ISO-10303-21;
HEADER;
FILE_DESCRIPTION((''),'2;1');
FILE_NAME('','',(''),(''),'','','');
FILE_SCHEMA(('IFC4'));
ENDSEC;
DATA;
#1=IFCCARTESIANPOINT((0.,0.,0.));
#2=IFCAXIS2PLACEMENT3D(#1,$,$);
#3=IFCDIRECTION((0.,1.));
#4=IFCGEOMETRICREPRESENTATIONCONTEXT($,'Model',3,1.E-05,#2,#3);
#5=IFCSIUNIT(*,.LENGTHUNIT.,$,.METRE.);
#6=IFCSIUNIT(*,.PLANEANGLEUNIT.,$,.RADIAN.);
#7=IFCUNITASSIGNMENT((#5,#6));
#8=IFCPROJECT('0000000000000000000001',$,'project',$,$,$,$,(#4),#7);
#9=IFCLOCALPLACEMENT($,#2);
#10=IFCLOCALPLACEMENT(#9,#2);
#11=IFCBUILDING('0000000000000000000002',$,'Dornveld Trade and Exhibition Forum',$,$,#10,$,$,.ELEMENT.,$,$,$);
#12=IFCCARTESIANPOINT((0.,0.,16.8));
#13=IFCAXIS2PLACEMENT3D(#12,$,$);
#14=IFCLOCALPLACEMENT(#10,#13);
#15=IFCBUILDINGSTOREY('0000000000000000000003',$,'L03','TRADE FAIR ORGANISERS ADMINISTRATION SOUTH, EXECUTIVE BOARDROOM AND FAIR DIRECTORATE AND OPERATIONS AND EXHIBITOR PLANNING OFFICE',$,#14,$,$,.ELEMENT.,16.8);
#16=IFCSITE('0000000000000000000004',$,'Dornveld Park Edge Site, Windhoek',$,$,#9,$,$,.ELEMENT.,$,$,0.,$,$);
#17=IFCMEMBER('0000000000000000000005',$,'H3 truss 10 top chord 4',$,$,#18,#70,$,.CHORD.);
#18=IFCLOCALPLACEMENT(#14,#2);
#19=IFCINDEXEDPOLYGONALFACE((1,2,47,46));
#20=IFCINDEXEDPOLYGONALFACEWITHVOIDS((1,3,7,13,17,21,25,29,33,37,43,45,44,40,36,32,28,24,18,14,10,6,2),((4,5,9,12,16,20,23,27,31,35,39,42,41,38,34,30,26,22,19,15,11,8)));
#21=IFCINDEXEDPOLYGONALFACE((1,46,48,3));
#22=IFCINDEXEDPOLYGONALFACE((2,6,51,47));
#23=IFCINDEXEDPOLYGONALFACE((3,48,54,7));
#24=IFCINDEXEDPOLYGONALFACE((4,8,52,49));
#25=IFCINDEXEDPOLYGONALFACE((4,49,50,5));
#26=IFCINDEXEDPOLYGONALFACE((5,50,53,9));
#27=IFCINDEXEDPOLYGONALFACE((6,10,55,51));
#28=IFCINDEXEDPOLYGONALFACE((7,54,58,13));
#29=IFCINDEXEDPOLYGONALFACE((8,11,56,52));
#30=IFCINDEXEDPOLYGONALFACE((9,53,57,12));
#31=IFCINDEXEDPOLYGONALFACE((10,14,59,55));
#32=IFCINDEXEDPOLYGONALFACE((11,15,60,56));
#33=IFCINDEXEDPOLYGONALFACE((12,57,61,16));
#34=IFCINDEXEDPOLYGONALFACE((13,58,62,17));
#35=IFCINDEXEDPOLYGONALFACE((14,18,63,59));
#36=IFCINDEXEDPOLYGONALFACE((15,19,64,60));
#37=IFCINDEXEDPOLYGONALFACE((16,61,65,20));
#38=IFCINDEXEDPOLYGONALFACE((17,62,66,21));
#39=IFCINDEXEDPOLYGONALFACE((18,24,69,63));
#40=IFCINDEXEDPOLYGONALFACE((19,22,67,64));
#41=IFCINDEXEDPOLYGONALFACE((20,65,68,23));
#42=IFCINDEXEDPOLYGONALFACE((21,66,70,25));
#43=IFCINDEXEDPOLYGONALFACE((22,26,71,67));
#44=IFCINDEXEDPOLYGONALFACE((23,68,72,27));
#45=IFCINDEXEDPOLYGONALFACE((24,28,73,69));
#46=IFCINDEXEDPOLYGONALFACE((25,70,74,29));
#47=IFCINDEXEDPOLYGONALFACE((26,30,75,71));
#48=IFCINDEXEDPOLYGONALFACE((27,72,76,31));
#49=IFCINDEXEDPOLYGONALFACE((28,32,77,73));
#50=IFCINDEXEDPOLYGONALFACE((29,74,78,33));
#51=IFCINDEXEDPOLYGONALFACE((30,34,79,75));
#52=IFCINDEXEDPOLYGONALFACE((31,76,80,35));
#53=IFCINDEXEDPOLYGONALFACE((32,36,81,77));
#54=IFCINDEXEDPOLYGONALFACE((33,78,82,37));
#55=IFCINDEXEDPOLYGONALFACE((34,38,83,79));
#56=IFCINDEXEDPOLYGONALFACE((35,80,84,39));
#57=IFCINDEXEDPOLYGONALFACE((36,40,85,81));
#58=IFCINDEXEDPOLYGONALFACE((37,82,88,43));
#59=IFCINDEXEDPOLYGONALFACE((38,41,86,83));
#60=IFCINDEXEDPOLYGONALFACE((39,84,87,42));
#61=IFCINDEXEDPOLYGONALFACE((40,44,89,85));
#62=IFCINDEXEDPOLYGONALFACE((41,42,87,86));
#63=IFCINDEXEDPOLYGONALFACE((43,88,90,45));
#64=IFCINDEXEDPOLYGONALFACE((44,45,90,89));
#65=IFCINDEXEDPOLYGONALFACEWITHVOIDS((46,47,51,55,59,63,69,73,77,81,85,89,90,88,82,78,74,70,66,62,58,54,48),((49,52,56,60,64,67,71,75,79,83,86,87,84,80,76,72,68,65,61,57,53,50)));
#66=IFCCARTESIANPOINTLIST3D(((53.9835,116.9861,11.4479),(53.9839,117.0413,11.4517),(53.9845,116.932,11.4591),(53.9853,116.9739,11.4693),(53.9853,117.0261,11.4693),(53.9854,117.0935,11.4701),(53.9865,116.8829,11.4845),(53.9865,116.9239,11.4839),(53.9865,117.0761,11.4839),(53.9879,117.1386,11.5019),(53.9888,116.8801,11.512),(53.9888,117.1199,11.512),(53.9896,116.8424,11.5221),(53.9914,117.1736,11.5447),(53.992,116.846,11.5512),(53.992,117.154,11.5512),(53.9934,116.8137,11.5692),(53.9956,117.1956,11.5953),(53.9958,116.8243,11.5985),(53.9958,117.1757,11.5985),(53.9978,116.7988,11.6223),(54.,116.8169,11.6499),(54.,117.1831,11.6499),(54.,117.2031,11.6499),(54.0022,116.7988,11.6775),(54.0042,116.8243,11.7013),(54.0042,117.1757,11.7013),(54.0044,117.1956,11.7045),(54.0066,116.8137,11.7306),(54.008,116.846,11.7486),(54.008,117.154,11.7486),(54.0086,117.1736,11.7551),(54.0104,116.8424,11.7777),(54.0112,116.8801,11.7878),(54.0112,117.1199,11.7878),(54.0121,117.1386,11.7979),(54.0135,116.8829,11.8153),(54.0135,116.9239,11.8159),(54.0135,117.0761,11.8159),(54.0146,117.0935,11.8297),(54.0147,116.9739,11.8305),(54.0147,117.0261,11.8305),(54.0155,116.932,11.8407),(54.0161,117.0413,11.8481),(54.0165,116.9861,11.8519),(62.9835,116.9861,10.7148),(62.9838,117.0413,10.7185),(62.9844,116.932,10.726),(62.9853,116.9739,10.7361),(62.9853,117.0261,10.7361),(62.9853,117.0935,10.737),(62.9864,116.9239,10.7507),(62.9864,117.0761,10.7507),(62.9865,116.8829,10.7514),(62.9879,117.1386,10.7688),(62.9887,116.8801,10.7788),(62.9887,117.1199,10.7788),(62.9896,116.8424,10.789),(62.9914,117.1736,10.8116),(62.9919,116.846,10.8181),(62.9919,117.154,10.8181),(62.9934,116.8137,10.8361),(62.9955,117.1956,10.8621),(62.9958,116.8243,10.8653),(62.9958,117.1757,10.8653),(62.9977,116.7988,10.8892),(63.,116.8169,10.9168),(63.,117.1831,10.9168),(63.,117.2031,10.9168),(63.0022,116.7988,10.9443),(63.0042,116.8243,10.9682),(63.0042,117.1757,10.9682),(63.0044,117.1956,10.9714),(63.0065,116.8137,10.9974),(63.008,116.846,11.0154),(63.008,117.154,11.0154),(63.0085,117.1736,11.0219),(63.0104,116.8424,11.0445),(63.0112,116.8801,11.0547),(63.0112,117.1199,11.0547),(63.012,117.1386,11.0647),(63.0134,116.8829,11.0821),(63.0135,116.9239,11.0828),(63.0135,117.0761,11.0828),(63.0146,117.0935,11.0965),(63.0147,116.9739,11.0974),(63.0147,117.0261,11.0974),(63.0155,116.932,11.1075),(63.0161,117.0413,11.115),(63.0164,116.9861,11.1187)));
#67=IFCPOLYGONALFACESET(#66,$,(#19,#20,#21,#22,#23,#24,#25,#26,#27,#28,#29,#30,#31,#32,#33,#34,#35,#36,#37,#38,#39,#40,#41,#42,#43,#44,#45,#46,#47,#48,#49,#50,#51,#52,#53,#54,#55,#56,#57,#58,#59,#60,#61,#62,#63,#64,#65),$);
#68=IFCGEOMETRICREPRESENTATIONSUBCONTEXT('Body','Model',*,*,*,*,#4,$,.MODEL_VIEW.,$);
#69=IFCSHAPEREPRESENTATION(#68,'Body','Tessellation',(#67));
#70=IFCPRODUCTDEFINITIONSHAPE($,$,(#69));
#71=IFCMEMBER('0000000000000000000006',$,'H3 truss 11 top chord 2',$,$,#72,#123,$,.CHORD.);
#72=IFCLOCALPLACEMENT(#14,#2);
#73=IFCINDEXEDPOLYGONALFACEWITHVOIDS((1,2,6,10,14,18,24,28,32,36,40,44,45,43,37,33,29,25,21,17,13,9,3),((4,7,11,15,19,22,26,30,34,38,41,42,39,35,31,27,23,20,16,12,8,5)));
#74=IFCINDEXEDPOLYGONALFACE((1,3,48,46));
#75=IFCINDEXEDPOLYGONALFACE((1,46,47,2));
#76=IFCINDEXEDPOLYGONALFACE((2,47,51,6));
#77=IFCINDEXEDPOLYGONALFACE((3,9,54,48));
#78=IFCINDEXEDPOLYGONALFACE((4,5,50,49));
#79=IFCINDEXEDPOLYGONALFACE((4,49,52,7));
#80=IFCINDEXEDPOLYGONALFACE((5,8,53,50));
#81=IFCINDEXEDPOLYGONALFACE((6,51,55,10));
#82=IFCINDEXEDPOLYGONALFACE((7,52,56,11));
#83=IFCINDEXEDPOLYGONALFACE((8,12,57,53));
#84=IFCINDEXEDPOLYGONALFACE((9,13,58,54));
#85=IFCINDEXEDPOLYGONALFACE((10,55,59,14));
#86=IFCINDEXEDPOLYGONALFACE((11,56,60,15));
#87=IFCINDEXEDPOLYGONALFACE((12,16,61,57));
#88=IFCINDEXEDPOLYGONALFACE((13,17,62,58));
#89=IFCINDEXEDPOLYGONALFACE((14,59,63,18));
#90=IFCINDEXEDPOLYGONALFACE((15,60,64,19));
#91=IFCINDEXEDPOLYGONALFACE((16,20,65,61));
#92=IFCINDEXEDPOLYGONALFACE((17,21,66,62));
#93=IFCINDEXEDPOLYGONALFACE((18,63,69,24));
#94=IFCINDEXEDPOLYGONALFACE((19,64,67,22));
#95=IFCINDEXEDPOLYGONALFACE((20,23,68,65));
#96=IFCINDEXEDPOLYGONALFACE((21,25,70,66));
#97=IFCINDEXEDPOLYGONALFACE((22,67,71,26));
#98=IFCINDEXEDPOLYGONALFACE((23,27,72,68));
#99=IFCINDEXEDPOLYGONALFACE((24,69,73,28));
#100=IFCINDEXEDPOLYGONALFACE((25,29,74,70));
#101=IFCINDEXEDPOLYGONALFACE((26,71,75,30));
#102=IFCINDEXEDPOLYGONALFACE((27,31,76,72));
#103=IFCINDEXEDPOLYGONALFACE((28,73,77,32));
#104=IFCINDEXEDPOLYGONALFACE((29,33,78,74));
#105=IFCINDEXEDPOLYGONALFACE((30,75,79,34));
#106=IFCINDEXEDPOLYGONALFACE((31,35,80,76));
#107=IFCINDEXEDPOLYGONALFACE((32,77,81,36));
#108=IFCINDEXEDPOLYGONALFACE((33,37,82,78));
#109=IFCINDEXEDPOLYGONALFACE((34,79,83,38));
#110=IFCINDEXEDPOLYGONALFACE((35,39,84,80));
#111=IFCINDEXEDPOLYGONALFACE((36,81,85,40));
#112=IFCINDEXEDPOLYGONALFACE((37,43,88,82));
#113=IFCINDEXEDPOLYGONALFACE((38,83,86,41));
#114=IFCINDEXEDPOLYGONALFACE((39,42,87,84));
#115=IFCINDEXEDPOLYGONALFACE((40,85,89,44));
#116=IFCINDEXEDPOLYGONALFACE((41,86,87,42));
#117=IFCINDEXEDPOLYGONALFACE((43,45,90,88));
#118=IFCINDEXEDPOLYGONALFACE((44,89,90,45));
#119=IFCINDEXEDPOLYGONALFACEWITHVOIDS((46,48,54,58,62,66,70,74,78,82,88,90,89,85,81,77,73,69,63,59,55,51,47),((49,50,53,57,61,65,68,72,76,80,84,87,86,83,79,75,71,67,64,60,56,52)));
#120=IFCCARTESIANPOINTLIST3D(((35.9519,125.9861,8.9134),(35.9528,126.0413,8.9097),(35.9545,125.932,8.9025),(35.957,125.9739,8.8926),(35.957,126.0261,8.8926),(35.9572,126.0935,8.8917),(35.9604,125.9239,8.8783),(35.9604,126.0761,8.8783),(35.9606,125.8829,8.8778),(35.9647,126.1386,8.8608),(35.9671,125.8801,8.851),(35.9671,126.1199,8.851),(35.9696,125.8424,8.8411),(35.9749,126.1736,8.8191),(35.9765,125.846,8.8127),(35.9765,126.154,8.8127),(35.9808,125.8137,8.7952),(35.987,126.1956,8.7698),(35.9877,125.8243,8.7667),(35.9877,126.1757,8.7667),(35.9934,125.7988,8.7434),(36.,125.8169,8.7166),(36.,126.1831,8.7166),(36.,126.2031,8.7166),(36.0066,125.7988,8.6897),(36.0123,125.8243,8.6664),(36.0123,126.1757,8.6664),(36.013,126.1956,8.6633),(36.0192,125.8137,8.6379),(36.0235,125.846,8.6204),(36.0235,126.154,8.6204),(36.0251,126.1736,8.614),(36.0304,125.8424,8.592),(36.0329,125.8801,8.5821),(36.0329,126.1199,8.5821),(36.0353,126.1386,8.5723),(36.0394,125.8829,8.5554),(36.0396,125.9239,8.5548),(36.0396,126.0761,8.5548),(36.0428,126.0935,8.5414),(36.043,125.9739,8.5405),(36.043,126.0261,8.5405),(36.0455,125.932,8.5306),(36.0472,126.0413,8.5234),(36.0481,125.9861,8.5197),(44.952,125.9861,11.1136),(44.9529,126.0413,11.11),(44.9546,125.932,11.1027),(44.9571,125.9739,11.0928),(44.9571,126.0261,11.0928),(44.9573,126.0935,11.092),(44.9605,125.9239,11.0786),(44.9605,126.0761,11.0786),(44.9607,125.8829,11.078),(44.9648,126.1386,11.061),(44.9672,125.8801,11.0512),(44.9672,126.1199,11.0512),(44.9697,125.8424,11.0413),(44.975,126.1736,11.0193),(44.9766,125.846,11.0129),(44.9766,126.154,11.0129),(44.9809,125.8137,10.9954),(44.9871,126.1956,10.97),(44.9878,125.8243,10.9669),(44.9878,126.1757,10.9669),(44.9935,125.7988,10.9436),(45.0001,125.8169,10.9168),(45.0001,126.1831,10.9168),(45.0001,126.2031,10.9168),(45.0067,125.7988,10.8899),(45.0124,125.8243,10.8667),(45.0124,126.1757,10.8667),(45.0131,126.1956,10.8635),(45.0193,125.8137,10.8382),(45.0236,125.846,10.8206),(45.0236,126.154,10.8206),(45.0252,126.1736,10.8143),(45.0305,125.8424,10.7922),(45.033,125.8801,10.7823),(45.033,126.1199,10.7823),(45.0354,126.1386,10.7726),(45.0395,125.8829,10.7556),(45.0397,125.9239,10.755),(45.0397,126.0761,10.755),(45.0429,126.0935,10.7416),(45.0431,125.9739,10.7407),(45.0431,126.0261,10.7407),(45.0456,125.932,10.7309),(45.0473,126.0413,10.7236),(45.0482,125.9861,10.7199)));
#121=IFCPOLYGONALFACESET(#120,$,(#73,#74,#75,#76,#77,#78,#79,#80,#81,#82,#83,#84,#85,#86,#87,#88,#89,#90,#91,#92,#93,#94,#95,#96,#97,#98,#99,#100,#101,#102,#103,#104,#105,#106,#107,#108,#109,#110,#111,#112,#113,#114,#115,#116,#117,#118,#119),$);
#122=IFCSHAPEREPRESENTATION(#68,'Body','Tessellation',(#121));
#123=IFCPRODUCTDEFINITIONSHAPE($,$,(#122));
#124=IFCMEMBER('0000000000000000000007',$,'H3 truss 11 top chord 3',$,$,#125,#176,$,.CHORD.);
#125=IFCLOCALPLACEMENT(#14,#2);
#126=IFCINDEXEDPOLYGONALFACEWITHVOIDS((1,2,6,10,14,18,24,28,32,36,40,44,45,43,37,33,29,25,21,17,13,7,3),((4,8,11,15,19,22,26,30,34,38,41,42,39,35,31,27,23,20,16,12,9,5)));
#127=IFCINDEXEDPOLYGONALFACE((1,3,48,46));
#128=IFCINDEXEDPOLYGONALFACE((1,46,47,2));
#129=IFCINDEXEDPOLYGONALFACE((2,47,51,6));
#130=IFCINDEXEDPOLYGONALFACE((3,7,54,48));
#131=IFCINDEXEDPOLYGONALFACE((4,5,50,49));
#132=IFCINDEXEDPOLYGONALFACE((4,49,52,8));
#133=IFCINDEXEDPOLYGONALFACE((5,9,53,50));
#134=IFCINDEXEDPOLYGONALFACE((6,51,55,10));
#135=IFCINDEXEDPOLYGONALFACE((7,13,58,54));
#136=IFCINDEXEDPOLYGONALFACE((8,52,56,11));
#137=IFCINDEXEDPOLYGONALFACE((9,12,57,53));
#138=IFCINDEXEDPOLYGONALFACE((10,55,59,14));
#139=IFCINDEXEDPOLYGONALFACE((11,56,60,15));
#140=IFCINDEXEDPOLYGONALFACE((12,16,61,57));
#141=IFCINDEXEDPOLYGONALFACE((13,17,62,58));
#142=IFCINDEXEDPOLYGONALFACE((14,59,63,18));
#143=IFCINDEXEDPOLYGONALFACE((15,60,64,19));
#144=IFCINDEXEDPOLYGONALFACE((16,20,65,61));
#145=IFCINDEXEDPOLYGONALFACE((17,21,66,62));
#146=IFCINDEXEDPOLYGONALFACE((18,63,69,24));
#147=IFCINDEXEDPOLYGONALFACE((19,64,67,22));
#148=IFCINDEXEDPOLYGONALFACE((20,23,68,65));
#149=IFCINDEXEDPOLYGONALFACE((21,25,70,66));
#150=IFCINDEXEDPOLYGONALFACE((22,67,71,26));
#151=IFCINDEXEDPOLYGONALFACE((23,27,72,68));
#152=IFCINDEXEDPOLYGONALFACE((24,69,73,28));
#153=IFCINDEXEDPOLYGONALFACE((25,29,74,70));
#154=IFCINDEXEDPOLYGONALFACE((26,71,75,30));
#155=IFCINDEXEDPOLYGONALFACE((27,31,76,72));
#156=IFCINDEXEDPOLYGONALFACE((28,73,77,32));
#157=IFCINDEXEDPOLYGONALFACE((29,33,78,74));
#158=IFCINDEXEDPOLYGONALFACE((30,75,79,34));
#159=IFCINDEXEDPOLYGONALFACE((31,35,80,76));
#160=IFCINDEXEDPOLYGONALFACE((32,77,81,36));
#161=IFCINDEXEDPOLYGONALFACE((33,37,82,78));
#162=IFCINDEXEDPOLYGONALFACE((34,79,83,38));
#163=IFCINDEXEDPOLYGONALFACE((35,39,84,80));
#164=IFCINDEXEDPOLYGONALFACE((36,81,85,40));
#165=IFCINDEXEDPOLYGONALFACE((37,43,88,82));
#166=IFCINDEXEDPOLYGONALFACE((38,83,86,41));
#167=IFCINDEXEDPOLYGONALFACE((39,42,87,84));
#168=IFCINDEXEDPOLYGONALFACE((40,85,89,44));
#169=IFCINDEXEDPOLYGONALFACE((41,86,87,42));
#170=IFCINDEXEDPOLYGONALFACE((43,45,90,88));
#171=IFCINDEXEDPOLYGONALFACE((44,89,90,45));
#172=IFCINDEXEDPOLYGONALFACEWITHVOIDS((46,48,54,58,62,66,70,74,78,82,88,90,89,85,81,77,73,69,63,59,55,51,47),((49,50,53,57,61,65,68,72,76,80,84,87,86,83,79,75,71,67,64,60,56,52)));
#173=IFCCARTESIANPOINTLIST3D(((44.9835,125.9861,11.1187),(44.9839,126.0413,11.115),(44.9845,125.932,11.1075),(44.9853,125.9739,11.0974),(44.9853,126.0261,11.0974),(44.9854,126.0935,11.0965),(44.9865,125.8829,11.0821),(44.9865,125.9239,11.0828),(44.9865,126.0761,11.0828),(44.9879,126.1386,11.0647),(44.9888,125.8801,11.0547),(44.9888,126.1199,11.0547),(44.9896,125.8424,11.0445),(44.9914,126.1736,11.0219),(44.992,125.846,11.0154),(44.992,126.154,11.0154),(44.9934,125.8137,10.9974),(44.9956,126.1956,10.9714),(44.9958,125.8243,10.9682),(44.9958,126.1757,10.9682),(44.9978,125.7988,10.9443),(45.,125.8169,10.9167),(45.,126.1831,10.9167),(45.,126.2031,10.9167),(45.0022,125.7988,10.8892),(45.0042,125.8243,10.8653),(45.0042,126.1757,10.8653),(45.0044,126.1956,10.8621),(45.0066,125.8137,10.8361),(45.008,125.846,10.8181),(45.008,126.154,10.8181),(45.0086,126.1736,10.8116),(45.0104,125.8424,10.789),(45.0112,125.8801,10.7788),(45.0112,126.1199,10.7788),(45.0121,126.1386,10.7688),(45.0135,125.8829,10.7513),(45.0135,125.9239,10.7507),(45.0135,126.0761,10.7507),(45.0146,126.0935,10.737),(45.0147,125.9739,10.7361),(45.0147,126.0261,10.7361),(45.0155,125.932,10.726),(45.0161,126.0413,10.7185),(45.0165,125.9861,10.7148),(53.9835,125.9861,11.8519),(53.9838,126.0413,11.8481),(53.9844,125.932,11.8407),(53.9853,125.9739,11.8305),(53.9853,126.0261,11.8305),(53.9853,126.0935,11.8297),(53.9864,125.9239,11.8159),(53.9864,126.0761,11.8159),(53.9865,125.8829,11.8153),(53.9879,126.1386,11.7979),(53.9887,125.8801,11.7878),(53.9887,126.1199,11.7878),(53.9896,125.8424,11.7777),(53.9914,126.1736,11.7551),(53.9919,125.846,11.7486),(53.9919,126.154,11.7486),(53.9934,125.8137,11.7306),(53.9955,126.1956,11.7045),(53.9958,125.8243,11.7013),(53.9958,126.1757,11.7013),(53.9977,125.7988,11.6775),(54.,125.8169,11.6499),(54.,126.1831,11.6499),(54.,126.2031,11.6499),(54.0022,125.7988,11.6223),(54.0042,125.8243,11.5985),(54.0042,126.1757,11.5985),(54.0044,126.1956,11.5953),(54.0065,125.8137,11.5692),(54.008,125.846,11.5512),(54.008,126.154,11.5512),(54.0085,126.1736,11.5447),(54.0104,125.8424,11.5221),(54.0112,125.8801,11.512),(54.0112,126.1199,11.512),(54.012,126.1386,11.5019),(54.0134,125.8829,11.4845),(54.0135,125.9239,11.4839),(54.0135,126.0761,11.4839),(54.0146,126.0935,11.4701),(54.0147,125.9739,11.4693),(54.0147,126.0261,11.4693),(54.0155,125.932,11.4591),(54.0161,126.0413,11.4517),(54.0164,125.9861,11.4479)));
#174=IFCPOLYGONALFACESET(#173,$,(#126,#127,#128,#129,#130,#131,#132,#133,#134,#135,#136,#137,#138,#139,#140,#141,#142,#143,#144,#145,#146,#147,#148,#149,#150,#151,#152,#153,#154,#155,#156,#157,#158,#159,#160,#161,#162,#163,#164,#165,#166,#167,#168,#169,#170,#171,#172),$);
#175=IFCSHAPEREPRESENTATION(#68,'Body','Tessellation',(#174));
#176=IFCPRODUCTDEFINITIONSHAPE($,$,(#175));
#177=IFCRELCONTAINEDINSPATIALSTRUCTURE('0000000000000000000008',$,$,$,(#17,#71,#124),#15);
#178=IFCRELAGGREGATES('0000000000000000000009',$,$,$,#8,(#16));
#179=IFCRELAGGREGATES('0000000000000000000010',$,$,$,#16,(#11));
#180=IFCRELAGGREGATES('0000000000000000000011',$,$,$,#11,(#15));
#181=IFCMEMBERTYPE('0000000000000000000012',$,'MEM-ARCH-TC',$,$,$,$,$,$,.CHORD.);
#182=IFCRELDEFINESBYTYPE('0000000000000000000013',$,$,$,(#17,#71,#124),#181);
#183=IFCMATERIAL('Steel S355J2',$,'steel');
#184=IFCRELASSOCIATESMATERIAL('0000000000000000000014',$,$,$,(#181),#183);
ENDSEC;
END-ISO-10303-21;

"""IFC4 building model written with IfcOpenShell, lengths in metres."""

from ifc_helpers import new_model, si_unit, direction, frame, origin, origin_2d, place, context, subcontext, project, spatial, hollow_circle, extrude, material, material_profile, profile_set, type_object, element, save


model = new_model("IFC4")

# Units and contexts
model_context = context("Model", 3, precision=1e-05, world=origin(), true_north=direction((0.0, 1.0)))
body_context = subcontext(model_context, "Body", "Model", "MODEL_VIEW")
ifc_project = project(units=[si_unit("LENGTHUNIT", "METRE"), si_unit("PLANEANGLEUNIT", "RADIAN")], contexts=[model_context])

# Site, building, storey
site_placement = place(None, origin())
site = spatial("IfcSite", under=ifc_project, at=site_placement, Name="Dornveld Park Edge Site, Windhoek", CompositionType="ELEMENT", RefElevation=0.0)
building_placement = place(site_placement, origin())
building = spatial("IfcBuilding", under=site, at=building_placement, Name="Dornveld Trade and Exhibition Forum", CompositionType="ELEMENT")
storey_placement = place(building_placement, frame((0.0, 0.0, 16.8)))
storey = spatial("IfcBuildingStorey", under=building, at=storey_placement, Name="L03", Description="TRADE FAIR ORGANISERS ADMINISTRATION SOUTH, EXECUTIVE BOARDROOM AND FAIR DIRECTORATE AND OPERATIONS AND EXHIBITOR PLANNING OFFICE", CompositionType="ELEMENT", Elevation=16.8)

# Members
ifc_material_1 = material(Name="Steel S355J2", Category="steel")
ifc_material_profile_1 = material_profile(ifc_material_1, hollow_circle(Radius=0.2031, WallThickness=0.02, at=origin_2d()), Name="CHS 406.4x20")
ifc_profile_set_1 = profile_set([ifc_material_profile_1], Name="Steel S355J2")
member_type_1 = type_object("IfcMemberType", Name="MEM-ARCH-TC", PredefinedType="CHORD", material=ifc_profile_set_1)
for number, where, z_axis, x_axis, name in (
    (1, (54.0, 117.0, 11.6499), (0.996698, 0.0, -0.081193), (0.0, 1.0, 0.0), "H3 truss 10 top chord 4"),
):
    element("IfcMember", number, at=place(storey_placement, frame(where, z_axis=z_axis, x_axis=x_axis)), inside=storey, type_object=member_type_1, Name=name, PredefinedType="CHORD", context=body_context, shape_type="SweptSolid", body=[
        extrude(hollow_circle(Radius=0.2031, WallThickness=0.02, at=origin_2d()), origin(), (0.0, 0.0, 1.0), 9.0298),
    ])
member_1_placement = place(storey_placement, frame((36.0, 126.0, 8.7166), z_axis=(0.971394, 0.0, 0.237473), x_axis=(0.0, 1.0, 0.0)))
element("IfcMember", 2, at=member_1_placement, inside=storey, type_object=member_type_1, Name="H3 truss 11 top chord 2", PredefinedType="CHORD", context=body_context, shape_type="SweptSolid", body=[
    extrude(hollow_circle(Radius=0.2031, WallThickness=0.02, at=origin_2d()), origin(), (0.0, 0.0, 1.0), 9.2651),
])
for number, where, z_axis, x_axis, name in (
    (3, (45.0, 126.0, 10.9167), (0.996698, 0.0, 0.081193), (0.0, 1.0, 0.0), "H3 truss 11 top chord 3"),
):
    element("IfcMember", number, at=place(storey_placement, frame(where, z_axis=z_axis, x_axis=x_axis)), inside=storey, type_object=member_type_1, Name=name, PredefinedType="CHORD", context=body_context, shape_type="SweptSolid", body=[
        extrude(hollow_circle(Radius=0.2031, WallThickness=0.02, at=origin_2d()), origin(), (0.0, 0.0, 1.0), 9.0298),
    ])

save(model, "model.ifc")
